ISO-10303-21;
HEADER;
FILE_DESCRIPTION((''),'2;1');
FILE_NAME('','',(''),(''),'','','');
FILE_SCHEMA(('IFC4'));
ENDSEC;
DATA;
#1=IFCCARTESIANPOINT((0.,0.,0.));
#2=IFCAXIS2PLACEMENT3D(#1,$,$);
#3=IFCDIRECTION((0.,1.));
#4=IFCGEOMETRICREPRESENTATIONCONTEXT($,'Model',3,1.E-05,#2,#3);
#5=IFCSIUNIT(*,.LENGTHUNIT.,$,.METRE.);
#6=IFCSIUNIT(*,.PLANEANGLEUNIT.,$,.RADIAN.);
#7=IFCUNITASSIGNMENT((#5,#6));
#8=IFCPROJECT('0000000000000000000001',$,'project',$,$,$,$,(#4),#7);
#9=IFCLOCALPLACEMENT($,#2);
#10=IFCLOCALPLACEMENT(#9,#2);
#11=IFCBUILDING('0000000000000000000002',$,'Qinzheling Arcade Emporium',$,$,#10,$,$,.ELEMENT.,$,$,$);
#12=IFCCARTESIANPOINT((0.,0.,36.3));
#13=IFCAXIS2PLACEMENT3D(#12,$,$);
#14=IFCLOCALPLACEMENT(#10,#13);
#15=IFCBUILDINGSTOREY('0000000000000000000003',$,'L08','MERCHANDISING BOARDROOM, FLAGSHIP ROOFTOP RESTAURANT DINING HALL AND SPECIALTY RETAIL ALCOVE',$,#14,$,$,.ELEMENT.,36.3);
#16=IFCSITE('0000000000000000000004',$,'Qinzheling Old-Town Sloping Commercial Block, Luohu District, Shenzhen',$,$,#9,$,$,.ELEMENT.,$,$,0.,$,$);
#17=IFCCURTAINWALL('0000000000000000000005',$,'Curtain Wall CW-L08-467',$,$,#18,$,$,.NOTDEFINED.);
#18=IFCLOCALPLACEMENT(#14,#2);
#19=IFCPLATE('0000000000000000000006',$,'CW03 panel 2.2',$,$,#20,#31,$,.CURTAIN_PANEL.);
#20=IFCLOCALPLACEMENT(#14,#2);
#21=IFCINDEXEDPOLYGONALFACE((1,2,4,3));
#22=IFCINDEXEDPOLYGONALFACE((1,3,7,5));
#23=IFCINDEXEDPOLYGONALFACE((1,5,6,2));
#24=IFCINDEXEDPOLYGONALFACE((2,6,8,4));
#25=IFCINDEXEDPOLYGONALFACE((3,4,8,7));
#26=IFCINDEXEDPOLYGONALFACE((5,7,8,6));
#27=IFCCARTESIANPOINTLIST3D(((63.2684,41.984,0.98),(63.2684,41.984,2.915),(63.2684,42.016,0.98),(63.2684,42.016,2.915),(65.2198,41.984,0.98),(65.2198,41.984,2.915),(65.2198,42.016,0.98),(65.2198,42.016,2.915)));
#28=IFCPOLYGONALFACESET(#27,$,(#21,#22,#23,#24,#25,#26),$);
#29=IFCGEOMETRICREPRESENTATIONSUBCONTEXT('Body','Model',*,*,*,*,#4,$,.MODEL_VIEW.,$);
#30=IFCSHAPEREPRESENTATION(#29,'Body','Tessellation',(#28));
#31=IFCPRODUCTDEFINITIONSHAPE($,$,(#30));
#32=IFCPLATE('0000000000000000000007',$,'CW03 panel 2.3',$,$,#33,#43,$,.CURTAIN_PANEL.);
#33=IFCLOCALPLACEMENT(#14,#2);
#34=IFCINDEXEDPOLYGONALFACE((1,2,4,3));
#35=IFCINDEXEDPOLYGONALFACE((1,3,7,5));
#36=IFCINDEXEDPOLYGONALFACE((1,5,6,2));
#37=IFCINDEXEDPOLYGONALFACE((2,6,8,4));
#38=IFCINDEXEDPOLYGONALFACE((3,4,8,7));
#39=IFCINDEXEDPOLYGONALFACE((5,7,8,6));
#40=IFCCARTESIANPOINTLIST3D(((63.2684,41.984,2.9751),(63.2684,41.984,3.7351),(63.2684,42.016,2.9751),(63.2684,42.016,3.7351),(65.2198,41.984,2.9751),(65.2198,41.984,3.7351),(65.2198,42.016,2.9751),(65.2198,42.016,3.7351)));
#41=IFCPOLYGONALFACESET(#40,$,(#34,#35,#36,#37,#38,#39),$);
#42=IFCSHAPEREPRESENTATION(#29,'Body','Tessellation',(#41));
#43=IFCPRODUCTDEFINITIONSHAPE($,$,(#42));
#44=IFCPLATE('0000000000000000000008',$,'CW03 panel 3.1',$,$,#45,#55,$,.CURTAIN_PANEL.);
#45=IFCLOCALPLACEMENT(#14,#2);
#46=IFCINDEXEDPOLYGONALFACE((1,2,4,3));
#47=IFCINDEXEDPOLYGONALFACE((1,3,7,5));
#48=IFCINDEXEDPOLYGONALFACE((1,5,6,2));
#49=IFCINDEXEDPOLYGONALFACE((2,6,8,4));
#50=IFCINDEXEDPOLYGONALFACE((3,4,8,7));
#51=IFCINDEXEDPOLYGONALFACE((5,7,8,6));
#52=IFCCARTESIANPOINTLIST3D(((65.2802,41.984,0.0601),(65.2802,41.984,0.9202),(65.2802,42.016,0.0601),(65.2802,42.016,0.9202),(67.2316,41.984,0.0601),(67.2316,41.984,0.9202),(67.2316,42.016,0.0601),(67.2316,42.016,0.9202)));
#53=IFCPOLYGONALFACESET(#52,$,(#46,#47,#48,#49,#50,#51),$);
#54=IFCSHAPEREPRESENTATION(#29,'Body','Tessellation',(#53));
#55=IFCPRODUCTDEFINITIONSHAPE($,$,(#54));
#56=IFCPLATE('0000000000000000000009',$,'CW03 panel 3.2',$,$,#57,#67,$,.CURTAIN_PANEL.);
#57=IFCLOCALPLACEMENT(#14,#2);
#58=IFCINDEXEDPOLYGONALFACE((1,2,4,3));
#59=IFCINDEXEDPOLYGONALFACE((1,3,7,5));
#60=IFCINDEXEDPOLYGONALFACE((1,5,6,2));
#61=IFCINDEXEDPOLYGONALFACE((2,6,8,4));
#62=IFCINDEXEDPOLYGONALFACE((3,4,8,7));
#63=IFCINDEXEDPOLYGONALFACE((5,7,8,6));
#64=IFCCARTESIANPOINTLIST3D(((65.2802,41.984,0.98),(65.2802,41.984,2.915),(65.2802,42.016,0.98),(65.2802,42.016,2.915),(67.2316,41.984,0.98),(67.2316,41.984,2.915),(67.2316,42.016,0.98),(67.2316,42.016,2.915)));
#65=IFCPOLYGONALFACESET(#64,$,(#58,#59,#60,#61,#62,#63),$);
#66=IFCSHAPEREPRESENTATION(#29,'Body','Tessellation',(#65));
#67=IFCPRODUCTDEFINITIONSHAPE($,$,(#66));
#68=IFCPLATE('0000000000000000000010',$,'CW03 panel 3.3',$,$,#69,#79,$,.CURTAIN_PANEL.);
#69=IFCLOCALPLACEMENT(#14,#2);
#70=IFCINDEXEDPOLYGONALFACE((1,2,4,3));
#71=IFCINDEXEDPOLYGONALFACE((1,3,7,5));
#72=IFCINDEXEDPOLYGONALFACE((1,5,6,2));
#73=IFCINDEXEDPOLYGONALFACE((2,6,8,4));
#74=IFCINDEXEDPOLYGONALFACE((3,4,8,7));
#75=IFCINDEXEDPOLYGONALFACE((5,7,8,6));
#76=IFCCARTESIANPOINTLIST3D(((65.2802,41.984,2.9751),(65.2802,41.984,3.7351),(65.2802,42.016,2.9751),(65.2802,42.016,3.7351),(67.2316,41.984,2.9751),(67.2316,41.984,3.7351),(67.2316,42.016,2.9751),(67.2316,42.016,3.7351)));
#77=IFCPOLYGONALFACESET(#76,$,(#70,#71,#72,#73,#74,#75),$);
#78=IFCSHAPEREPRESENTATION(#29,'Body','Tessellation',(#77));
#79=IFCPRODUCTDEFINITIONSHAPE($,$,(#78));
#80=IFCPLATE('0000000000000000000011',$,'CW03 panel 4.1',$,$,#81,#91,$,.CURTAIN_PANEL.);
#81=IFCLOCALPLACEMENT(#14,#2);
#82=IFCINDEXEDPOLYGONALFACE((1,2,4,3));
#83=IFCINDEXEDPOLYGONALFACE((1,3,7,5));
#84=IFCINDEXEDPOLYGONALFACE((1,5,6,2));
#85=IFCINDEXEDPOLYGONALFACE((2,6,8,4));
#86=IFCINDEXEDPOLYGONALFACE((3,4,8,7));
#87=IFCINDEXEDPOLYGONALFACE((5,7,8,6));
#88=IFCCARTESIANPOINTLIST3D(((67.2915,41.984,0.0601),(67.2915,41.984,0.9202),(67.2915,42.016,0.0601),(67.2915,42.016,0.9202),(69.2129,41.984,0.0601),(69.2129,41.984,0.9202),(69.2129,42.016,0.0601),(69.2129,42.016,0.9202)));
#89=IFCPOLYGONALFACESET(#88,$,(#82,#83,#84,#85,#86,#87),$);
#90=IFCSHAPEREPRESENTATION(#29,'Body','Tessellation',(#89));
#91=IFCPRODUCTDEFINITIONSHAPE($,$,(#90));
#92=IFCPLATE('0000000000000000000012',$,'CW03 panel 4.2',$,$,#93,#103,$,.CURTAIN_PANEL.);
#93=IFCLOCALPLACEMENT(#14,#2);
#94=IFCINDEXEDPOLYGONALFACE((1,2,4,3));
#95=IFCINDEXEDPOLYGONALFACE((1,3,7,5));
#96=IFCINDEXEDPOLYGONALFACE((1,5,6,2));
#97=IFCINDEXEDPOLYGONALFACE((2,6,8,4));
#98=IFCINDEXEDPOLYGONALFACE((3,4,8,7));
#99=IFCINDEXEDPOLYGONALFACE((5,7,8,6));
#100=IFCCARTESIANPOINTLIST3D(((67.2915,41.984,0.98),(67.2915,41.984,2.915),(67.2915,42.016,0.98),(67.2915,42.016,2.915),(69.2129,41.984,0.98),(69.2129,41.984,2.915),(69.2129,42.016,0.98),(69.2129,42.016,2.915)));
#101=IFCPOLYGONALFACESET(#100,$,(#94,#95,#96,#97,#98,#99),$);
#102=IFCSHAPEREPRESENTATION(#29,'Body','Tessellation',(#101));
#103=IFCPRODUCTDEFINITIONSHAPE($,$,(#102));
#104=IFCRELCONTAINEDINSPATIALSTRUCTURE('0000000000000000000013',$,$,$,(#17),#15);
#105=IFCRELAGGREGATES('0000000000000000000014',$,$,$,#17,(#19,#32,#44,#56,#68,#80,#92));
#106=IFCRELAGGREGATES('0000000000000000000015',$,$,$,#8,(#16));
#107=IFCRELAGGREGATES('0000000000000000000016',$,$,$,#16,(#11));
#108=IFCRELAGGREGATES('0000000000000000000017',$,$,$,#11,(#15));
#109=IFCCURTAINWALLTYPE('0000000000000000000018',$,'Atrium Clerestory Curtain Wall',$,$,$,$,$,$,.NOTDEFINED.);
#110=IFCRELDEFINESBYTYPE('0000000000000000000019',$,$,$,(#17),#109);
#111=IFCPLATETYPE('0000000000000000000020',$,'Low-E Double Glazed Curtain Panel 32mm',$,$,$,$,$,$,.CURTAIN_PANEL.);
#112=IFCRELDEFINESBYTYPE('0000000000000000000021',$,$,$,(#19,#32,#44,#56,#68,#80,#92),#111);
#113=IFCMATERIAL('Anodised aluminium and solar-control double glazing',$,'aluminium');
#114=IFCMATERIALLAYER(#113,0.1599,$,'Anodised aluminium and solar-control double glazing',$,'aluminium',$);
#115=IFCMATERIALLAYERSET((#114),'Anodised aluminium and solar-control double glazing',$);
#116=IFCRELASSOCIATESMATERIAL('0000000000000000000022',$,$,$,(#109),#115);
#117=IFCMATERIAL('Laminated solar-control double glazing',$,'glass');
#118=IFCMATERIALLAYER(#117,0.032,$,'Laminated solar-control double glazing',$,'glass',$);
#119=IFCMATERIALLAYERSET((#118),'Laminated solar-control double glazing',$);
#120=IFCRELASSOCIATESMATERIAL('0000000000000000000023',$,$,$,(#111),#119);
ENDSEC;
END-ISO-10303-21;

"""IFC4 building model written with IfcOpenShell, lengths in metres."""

from ifc_helpers import new_model, si_unit, direction, frame, origin, origin_2d, place, context, subcontext, project, spatial, rectangle, extrude, material, layer, layer_set, type_object, element, aggregate, save


model = new_model("IFC4")

# Units and contexts
model_context = context("Model", 3, precision=1e-05, world=origin(), true_north=direction((0.0, 1.0)))
body_context = subcontext(model_context, "Body", "Model", "MODEL_VIEW")
ifc_project = project(units=[si_unit("LENGTHUNIT", "METRE"), si_unit("PLANEANGLEUNIT", "RADIAN")], contexts=[model_context])

# Site, building, storey
site_placement = place(None, origin())
site = spatial("IfcSite", under=ifc_project, at=site_placement, Name="Qinzheling Old-Town Sloping Commercial Block, Luohu District, Shenzhen", CompositionType="ELEMENT", RefElevation=0.0)
building_placement = place(site_placement, origin())
building = spatial("IfcBuilding", under=site, at=building_placement, Name="Qinzheling Arcade Emporium", CompositionType="ELEMENT")
storey_placement = place(building_placement, frame((0.0, 0.0, 36.3)))
storey = spatial("IfcBuildingStorey", under=building, at=storey_placement, Name="L08", Description="MERCHANDISING BOARDROOM, FLAGSHIP ROOFTOP RESTAURANT DINING HALL AND SPECIALTY RETAIL ALCOVE", CompositionType="ELEMENT", Elevation=36.3)

# Curtain wall, plates
ifc_material_1 = material(Name="Anodised aluminium and solar-control double glazing", Category="aluminium")
ifc_layer_1 = layer(ifc_material_1, 0.1599, Name="Anodised aluminium and solar-control double glazing", Category="aluminium")
ifc_layer_set_1 = layer_set([ifc_layer_1], Name="Anodised aluminium and solar-control double glazing")
curtain_wall_type = type_object("IfcCurtainWallType", Name="Atrium Clerestory Curtain Wall", PredefinedType="NOTDEFINED", material=ifc_layer_set_1)
curtain_wall_placement = place(storey_placement, origin())
curtain_wall = element("IfcCurtainWall", 1, at=curtain_wall_placement, inside=storey, type_object=curtain_wall_type, Name="Curtain Wall CW-L08-467", PredefinedType="NOTDEFINED")
ifc_material_2 = material(Name="Laminated solar-control double glazing", Category="glass")
ifc_layer_2 = layer(ifc_material_2, 0.032, Name="Laminated solar-control double glazing", Category="glass")
ifc_layer_set_2 = layer_set([ifc_layer_2], Name="Laminated solar-control double glazing")
plate_type = type_object("IfcPlateType", Name="Low-E Double Glazed Curtain Panel 32mm", PredefinedType="CURTAIN_PANEL", material=ifc_layer_set_2)
plate_1_placement = place(storey_placement, frame((64.2441, 42.0, 0.98), z_axis=(0.0, 0.0, 1.0), x_axis=(1.0, 0.0, 0.0)))
plate_1 = element("IfcPlate", 2, at=plate_1_placement, type_object=plate_type, Name="CW03 panel 2.2", PredefinedType="CURTAIN_PANEL", context=body_context, shape_type="SweptSolid", body=[
    extrude(rectangle(XDim=1.9514, YDim=0.032, at=origin_2d()), origin(), (0.0, 0.0, 1.0), 1.9351),
])
plate_2_placement = place(storey_placement, frame((64.2441, 42.0, 2.9751), z_axis=(0.0, 0.0, 1.0), x_axis=(1.0, 0.0, 0.0)))
plate_2 = element("IfcPlate", 3, at=plate_2_placement, type_object=plate_type, Name="CW03 panel 2.3", PredefinedType="CURTAIN_PANEL", context=body_context, shape_type="SweptSolid", body=[
    extrude(rectangle(XDim=1.9514, YDim=0.032, at=origin_2d()), origin(), (0.0, 0.0, 1.0), 0.76),
])
plate_3_placement = place(storey_placement, frame((66.2559, 42.0, 0.0601), z_axis=(0.0, 0.0, 1.0), x_axis=(1.0, 0.0, 0.0)))
plate_3 = element("IfcPlate", 4, at=plate_3_placement, type_object=plate_type, Name="CW03 panel 3.1", PredefinedType="CURTAIN_PANEL", context=body_context, shape_type="SweptSolid", body=[
    extrude(rectangle(XDim=1.9514, YDim=0.032, at=origin_2d()), origin(), (0.0, 0.0, 1.0), 0.8601),
])
plate_4_placement = place(storey_placement, frame((66.2559, 42.0, 0.98), z_axis=(0.0, 0.0, 1.0), x_axis=(1.0, 0.0, 0.0)))
plate_4 = element("IfcPlate", 5, at=plate_4_placement, type_object=plate_type, Name="CW03 panel 3.2", PredefinedType="CURTAIN_PANEL", context=body_context, shape_type="SweptSolid", body=[
    extrude(rectangle(XDim=1.9514, YDim=0.032, at=origin_2d()), origin(), (0.0, 0.0, 1.0), 1.9351),
])
plate_5_placement = place(storey_placement, frame((66.2559, 42.0, 2.9751), z_axis=(0.0, 0.0, 1.0), x_axis=(1.0, 0.0, 0.0)))
plate_5 = element("IfcPlate", 6, at=plate_5_placement, type_object=plate_type, Name="CW03 panel 3.3", PredefinedType="CURTAIN_PANEL", context=body_context, shape_type="SweptSolid", body=[
    extrude(rectangle(XDim=1.9514, YDim=0.032, at=origin_2d()), origin(), (0.0, 0.0, 1.0), 0.76),
])
plate_6_placement = place(storey_placement, frame((68.2522, 42.0, 0.0601), z_axis=(0.0, 0.0, 1.0), x_axis=(1.0, 0.0, 0.0)))
plate_6 = element("IfcPlate", 7, at=plate_6_placement, type_object=plate_type, Name="CW03 panel 4.1", PredefinedType="CURTAIN_PANEL", context=body_context, shape_type="SweptSolid", body=[
    extrude(rectangle(XDim=1.9214, YDim=0.032, at=origin_2d()), origin(), (0.0, 0.0, 1.0), 0.8601),
])
plate_7_placement = place(storey_placement, frame((68.2522, 42.0, 0.98), z_axis=(0.0, 0.0, 1.0), x_axis=(1.0, 0.0, 0.0)))
plate_7 = element("IfcPlate", 8, at=plate_7_placement, type_object=plate_type, Name="CW03 panel 4.2", PredefinedType="CURTAIN_PANEL", context=body_context, shape_type="SweptSolid", body=[
    extrude(rectangle(XDim=1.9214, YDim=0.032, at=origin_2d()), origin(), (0.0, 0.0, 1.0), 1.9351),
])
aggregate(curtain_wall, [plate_1, plate_2, plate_3, plate_4, plate_5, plate_6, plate_7])

save(model, "model.ifc")
